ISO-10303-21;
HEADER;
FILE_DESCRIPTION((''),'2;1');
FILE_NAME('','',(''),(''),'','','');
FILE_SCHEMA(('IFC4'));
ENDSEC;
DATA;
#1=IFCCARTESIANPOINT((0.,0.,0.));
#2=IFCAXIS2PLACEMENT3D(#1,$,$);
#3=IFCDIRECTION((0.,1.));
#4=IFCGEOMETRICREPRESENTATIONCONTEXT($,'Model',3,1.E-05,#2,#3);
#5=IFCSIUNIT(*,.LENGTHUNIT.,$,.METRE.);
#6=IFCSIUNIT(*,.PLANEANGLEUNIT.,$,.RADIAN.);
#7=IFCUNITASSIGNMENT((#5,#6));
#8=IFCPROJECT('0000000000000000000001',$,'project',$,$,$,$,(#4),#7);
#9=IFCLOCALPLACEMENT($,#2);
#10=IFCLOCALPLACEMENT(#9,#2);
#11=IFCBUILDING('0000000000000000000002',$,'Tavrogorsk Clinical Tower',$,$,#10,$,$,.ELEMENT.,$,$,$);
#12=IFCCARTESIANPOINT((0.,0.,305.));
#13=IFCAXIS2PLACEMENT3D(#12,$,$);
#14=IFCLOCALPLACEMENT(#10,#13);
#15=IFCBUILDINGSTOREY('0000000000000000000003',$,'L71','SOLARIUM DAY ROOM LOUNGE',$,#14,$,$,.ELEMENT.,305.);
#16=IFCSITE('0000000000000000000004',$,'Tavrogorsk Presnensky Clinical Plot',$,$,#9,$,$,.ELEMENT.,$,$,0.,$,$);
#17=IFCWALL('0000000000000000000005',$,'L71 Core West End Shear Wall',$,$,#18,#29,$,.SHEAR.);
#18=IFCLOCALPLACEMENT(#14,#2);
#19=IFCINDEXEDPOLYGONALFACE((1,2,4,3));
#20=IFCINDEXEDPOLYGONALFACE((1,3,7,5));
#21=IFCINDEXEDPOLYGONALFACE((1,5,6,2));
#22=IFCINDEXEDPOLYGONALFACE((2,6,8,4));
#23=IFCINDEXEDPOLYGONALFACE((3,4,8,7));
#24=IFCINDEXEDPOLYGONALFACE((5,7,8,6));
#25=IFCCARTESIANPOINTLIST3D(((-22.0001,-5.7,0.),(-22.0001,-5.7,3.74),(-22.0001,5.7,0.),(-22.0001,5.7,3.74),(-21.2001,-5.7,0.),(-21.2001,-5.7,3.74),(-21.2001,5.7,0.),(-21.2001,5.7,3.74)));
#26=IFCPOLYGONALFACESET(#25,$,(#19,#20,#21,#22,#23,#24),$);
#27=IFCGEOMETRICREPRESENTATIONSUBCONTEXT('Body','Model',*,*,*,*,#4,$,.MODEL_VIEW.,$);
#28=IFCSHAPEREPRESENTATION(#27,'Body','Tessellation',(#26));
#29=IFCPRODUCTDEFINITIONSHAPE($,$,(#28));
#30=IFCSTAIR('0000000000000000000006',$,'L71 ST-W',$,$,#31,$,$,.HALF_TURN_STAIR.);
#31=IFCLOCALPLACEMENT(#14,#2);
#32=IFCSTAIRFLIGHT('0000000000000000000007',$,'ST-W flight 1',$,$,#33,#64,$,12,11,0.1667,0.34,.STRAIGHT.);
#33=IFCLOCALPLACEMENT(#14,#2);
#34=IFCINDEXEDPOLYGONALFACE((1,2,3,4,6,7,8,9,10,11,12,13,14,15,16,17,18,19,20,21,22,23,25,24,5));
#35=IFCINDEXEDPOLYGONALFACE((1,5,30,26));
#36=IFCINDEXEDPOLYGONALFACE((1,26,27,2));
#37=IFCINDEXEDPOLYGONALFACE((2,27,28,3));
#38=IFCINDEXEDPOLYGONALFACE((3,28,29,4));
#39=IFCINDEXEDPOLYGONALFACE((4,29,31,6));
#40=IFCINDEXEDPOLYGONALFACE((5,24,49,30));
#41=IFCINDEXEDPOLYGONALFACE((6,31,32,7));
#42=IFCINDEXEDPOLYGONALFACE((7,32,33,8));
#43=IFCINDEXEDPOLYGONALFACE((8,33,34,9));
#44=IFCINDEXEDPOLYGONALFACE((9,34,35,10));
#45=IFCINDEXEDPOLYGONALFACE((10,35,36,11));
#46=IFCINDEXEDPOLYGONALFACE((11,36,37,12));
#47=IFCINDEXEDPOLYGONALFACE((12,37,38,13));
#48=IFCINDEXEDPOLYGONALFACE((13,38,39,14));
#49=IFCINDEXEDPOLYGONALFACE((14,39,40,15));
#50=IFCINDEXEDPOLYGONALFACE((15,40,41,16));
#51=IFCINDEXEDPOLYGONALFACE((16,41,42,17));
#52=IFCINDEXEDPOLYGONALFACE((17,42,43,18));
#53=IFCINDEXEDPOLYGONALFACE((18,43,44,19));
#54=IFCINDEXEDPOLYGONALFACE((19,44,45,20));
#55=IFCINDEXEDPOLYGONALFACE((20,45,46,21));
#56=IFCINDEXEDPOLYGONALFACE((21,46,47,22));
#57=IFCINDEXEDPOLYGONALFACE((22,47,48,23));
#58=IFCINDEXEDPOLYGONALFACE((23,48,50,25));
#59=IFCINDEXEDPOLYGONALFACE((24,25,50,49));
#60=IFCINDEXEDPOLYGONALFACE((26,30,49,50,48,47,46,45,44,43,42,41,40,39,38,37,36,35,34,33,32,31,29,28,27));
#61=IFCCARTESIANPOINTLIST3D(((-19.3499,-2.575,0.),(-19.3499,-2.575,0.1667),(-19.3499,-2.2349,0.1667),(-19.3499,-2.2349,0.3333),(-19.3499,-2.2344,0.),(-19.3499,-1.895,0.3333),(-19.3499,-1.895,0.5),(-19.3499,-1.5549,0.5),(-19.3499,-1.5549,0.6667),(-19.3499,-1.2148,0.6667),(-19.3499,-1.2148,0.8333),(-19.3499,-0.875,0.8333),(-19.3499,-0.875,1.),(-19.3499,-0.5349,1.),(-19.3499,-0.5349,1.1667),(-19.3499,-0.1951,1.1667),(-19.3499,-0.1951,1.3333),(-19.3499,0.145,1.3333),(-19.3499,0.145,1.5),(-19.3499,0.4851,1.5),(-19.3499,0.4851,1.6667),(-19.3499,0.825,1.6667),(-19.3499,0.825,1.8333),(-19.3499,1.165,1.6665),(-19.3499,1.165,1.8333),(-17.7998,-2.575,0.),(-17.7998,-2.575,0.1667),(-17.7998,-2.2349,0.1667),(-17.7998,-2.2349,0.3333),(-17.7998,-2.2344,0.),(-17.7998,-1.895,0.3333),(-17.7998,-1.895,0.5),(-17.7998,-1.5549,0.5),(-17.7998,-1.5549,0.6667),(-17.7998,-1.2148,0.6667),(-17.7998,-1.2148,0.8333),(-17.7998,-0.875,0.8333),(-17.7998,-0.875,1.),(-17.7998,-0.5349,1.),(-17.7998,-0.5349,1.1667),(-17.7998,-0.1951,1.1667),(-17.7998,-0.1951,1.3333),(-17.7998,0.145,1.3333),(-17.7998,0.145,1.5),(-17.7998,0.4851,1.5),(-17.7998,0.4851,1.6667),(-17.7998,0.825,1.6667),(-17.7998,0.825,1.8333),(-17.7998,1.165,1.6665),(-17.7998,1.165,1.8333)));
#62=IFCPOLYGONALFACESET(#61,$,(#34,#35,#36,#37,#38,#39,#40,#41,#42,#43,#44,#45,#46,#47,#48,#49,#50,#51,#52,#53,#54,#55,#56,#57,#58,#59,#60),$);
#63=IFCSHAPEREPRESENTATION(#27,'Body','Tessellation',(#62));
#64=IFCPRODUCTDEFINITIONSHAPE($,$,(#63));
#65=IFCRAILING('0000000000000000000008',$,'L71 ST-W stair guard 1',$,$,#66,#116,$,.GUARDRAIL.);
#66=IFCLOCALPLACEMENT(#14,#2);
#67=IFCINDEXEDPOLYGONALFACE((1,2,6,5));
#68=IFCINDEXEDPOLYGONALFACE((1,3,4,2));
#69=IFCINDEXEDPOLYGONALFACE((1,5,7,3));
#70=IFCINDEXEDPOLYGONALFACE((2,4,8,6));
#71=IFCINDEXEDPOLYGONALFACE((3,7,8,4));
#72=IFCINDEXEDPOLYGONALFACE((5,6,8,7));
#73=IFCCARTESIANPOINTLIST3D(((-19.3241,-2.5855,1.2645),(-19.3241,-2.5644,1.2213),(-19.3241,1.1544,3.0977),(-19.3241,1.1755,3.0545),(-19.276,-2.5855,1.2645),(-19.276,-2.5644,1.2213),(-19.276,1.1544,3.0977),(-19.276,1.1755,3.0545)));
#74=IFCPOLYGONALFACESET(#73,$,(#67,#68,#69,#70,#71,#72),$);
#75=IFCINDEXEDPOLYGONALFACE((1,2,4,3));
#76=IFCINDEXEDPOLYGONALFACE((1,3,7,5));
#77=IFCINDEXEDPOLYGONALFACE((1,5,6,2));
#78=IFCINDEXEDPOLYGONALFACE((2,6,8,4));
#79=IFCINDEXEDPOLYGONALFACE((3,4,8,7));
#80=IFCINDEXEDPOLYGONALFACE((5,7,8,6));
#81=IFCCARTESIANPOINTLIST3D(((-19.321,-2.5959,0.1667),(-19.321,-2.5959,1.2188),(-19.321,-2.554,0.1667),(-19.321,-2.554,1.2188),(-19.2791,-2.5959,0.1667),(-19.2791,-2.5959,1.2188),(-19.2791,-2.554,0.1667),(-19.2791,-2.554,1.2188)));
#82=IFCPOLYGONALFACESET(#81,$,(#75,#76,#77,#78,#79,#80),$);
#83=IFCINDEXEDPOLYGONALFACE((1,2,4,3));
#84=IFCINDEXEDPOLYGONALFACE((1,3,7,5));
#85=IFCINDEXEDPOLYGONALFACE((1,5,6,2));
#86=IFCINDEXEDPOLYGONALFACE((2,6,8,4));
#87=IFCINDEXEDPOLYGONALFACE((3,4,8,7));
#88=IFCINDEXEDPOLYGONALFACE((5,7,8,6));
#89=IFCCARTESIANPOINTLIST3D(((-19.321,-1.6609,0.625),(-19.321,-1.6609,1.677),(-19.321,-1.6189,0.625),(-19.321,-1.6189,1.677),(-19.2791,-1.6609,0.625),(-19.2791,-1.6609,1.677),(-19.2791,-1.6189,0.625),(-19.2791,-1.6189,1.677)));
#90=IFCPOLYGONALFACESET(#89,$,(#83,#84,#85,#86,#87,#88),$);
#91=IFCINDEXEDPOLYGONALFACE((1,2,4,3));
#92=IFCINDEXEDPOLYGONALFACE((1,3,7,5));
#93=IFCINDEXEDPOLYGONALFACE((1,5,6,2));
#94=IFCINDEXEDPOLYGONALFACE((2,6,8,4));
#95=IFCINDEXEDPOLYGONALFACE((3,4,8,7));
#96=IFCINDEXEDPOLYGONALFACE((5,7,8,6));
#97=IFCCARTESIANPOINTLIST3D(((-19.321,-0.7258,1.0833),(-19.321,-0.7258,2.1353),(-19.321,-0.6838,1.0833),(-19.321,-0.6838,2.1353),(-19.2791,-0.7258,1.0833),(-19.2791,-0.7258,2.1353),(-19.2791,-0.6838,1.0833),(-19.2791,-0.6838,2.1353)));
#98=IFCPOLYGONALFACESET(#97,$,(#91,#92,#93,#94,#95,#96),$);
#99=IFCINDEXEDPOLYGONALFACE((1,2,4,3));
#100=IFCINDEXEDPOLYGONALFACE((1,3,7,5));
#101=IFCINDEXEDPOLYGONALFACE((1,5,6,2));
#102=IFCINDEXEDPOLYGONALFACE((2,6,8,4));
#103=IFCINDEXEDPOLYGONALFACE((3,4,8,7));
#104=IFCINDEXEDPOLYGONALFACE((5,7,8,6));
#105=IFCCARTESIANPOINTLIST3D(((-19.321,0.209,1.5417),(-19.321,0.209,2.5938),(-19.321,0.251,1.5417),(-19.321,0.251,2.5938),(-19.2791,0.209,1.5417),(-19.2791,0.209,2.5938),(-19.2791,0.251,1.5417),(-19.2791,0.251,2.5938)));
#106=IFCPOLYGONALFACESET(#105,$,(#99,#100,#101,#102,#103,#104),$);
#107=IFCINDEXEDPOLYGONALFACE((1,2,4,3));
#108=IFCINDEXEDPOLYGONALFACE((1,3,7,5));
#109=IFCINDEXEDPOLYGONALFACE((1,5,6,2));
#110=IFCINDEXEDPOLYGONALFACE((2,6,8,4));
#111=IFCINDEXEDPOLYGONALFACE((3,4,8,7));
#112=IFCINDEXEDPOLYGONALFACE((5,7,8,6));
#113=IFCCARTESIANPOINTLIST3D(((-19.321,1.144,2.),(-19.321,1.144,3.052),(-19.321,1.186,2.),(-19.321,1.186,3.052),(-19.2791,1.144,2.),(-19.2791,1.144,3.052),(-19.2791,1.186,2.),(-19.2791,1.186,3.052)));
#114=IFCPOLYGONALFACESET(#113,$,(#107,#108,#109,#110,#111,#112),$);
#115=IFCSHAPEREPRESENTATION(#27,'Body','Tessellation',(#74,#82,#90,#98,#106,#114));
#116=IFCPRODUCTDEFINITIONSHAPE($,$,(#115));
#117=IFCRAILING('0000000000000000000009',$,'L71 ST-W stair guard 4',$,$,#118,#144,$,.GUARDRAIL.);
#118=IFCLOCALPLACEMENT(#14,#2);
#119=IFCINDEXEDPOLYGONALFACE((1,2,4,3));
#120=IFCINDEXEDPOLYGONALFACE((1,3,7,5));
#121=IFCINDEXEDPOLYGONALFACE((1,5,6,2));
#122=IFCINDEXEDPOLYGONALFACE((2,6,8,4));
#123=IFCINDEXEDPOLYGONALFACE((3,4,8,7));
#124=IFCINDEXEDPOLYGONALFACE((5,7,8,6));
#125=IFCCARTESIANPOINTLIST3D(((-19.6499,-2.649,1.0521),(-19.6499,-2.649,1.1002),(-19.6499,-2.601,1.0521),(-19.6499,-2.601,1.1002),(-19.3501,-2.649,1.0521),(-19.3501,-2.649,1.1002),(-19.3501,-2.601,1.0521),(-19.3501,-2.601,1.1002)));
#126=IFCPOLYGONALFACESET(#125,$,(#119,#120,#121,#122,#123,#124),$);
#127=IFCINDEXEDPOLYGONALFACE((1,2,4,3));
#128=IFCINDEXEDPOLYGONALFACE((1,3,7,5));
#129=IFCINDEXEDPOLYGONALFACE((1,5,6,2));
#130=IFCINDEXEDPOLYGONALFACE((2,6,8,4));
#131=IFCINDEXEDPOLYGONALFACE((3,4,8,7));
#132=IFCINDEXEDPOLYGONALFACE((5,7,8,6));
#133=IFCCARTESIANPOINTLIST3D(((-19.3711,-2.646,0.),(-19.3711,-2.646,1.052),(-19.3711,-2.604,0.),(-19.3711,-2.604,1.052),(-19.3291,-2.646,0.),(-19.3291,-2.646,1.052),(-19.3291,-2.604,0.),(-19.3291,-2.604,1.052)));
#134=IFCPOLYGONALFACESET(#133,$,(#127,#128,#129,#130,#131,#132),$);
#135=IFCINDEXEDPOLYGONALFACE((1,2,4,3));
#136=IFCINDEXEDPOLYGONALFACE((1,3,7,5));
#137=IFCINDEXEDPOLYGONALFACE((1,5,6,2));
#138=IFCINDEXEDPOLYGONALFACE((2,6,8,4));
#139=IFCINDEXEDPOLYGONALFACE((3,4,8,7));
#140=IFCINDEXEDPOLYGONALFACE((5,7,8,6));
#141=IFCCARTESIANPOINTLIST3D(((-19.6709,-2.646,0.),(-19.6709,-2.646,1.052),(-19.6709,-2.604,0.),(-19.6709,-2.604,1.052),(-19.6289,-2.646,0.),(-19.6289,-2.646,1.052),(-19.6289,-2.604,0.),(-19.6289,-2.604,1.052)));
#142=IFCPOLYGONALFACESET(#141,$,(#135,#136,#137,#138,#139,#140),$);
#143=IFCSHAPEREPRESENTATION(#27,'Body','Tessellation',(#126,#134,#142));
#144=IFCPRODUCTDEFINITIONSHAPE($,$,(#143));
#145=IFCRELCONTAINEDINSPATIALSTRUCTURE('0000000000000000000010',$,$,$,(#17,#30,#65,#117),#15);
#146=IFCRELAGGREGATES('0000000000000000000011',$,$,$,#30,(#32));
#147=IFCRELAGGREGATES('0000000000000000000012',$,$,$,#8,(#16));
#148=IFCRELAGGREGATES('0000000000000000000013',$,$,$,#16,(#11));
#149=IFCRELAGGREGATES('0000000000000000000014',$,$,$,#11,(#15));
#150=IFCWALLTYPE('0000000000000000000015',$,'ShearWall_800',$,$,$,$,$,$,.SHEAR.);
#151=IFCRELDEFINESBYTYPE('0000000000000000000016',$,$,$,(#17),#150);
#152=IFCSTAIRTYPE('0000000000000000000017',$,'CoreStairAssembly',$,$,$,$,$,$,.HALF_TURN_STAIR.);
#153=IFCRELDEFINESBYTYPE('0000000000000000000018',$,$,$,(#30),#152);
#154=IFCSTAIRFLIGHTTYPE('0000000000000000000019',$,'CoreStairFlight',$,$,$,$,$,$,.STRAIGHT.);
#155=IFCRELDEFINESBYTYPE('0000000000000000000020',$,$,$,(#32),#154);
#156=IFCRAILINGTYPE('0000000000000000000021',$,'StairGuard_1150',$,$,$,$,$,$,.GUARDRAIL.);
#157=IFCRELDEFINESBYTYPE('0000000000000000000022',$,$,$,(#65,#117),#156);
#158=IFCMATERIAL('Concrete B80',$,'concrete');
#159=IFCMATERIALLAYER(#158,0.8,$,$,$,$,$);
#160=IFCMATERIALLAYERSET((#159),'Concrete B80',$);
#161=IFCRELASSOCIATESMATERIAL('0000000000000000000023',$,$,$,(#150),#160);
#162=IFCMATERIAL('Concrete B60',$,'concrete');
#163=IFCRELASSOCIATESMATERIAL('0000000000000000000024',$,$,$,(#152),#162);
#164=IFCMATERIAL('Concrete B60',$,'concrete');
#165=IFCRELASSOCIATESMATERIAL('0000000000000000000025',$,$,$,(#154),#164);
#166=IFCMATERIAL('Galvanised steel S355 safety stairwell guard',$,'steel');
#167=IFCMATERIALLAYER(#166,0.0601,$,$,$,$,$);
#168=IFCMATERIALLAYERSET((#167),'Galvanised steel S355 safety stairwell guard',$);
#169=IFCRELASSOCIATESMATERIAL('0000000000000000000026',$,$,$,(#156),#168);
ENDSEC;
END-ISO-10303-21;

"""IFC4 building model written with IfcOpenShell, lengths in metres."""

from ifc_helpers import new_model, si_unit, direction, frame, frame_2d, origin, origin_2d, place, context, subcontext, project, spatial, polyline, rectangle, outline, extrude, material, layer, layer_set, type_object, element, aggregate, save


model = new_model("IFC4")

# Units and contexts
model_context = context("Model", 3, precision=1e-05, world=origin(), true_north=direction((0.0, 1.0)))
body_context = subcontext(model_context, "Body", "Model", "MODEL_VIEW")
ifc_project = project(units=[si_unit("LENGTHUNIT", "METRE"), si_unit("PLANEANGLEUNIT", "RADIAN")], contexts=[model_context])

# Site, building, storey
site_placement = place(None, origin())
site = spatial("IfcSite", under=ifc_project, at=site_placement, Name="Tavrogorsk Presnensky Clinical Plot", CompositionType="ELEMENT", RefElevation=0.0)
building_placement = place(site_placement, origin())
building = spatial("IfcBuilding", under=site, at=building_placement, Name="Tavrogorsk Clinical Tower", CompositionType="ELEMENT")
storey_placement = place(building_placement, frame((0.0, 0.0, 305.0)))
storey = spatial("IfcBuildingStorey", under=building, at=storey_placement, Name="L71", Description="SOLARIUM DAY ROOM LOUNGE", CompositionType="ELEMENT", Elevation=305.0)

# Wall
ifc_material_1 = material(Name="Concrete B80", Category="concrete")
ifc_layer_1 = layer(ifc_material_1, 0.8)
ifc_layer_set_1 = layer_set([ifc_layer_1], Name="Concrete B80")
wall_type_1 = type_object("IfcWallType", Name="ShearWall_800", PredefinedType="SHEAR", material=ifc_layer_set_1)
wall_1_placement = place(storey_placement, frame((-21.6001, -5.7, 0.0), z_axis=(0.0, 0.0, 1.0), x_axis=(0.0, 1.0, 0.0)))
element("IfcWall", 1, at=wall_1_placement, inside=storey, type_object=wall_type_1, Name="L71 Core West End Shear Wall", PredefinedType="SHEAR", context=body_context, shape_type="SweptSolid", body=[
    extrude(rectangle(XDim=11.3999, YDim=0.8, at=frame_2d((5.7, 0.0))), origin(), (0.0, 0.0, 1.0), 3.74),
])

# Stair, stair flight
ifc_material_2 = material(Name="Concrete B60", Category="concrete")
stair_type = type_object("IfcStairType", Name="CoreStairAssembly", PredefinedType="HALF_TURN_STAIR", material=ifc_material_2)
stair_placement = place(storey_placement, origin())
stair = element("IfcStair", 2, at=stair_placement, inside=storey, type_object=stair_type, Name="L71 ST-W", PredefinedType="HALF_TURN_STAIR")
ifc_material_3 = material(Name="Concrete B60", Category="concrete")
stair_flight_type = type_object("IfcStairFlightType", Name="CoreStairFlight", PredefinedType="STRAIGHT", material=ifc_material_3)
stair_flight_placement = place(storey_placement, frame((-18.575, -2.575, 0.0), z_axis=(0.0, 0.0, 1.0), x_axis=(0.0, 1.0, 0.0)))
stair_flight = element("IfcStairFlight", 3, at=stair_flight_placement, type_object=stair_flight_type, Name="ST-W flight 1", NumberOfRisers=12, NumberOfTreads=11, PredefinedType="STRAIGHT", RiserHeight=0.1667, TreadLength=0.34, context=body_context, shape_type="SweptSolid", body=[
    extrude(outline(polyline([(0.0, 0.0), (0.0, 0.1667), (0.3401, 0.1667), (0.3401, 0.3333), (0.6799, 0.3333), (0.6799, 0.5), (1.02, 0.5), (1.02, 0.6667), (1.3601, 0.6667), (1.3601, 0.8333), (1.7, 0.8333), (1.7, 1.0), (2.04, 1.0), (2.04, 1.1667), (2.3799, 1.1667), (2.3799, 1.3333), (2.72, 1.3333), (2.72, 1.5), (3.0601, 1.5), (3.0601, 1.6667), (3.3999, 1.6667), (3.3999, 1.8333), (3.74, 1.8333), (3.74, 2.0), (3.74, 1.6665), (0.3406, 0.0), (0.0, 0.0)])), frame((0.0, 0.7749, 0.0), z_axis=(0.0, -1.0, 0.0), x_axis=(1.0, 0.0, 0.0)), (0.0, 0.0, 1.0), 1.55),
])
aggregate(stair, [stair_flight])

# Railings
ifc_material_4 = material(Name="Galvanised steel S355 safety stairwell guard", Category="steel")
ifc_layer_2 = layer(ifc_material_4, 0.0601)
ifc_layer_set_2 = layer_set([ifc_layer_2], Name="Galvanised steel S355 safety stairwell guard")
railing_type = type_object("IfcRailingType", Name="StairGuard_1150", PredefinedType="GUARDRAIL", material=ifc_layer_set_2)
railing_1_placement = place(storey_placement, frame((-19.3, -2.575, 0.1667)))
element("IfcRailing", 4, at=railing_1_placement, inside=storey, type_object=railing_type, Name="L71 ST-W stair guard 1", PredefinedType="GUARDRAIL", context=body_context, shape_type="SweptSolid", body=[
    extrude(rectangle(XDim=0.0481, YDim=0.0481, at=origin_2d()), frame((0.0, 0.0, 1.0762), z_axis=(0.0, 0.897928, 0.440142), x_axis=(-1.0, 0.0, 0.0)), (0.0, 0.0, 1.0), 4.165),
    extrude(rectangle(XDim=0.042, YDim=0.042, at=origin_2d()), origin(), (0.0, 0.0, 1.0), 1.052),
    extrude(rectangle(XDim=0.042, YDim=0.042, at=origin_2d()), frame((0.0, 0.9351, 0.4583)), (0.0, 0.0, 1.0), 1.052),
    extrude(rectangle(XDim=0.042, YDim=0.042, at=origin_2d()), frame((0.0, 1.8701, 0.9165)), (0.0, 0.0, 1.0), 1.052),
    extrude(rectangle(XDim=0.042, YDim=0.042, at=origin_2d()), frame((0.0, 2.8049, 1.375)), (0.0, 0.0, 1.0), 1.052),
    extrude(rectangle(XDim=0.042, YDim=0.042, at=origin_2d()), frame((0.0, 3.74, 1.8333)), (0.0, 0.0, 1.0), 1.052),
])
railing_2_placement = place(storey_placement, frame((-19.3501, -2.625, 0.0)))
element("IfcRailing", 5, at=railing_2_placement, inside=storey, type_object=railing_type, Name="L71 ST-W stair guard 4", PredefinedType="GUARDRAIL", context=body_context, shape_type="SweptSolid", body=[
    extrude(rectangle(XDim=0.0481, YDim=0.0481, at=origin_2d()), frame((0.0, 0.0, 1.0762), z_axis=(-1.0, 0.0, 0.0), x_axis=(0.0, -1.0, 0.0)), (0.0, 0.0, 1.0), 0.2998),
    extrude(rectangle(XDim=0.042, YDim=0.042, at=origin_2d()), origin(), (0.0, 0.0, 1.0), 1.052),
    extrude(rectangle(XDim=0.042, YDim=0.042, at=origin_2d()), frame((-0.2998, 0.0, 0.0)), (0.0, 0.0, 1.0), 1.052),
])

save(model, "model.ifc")
